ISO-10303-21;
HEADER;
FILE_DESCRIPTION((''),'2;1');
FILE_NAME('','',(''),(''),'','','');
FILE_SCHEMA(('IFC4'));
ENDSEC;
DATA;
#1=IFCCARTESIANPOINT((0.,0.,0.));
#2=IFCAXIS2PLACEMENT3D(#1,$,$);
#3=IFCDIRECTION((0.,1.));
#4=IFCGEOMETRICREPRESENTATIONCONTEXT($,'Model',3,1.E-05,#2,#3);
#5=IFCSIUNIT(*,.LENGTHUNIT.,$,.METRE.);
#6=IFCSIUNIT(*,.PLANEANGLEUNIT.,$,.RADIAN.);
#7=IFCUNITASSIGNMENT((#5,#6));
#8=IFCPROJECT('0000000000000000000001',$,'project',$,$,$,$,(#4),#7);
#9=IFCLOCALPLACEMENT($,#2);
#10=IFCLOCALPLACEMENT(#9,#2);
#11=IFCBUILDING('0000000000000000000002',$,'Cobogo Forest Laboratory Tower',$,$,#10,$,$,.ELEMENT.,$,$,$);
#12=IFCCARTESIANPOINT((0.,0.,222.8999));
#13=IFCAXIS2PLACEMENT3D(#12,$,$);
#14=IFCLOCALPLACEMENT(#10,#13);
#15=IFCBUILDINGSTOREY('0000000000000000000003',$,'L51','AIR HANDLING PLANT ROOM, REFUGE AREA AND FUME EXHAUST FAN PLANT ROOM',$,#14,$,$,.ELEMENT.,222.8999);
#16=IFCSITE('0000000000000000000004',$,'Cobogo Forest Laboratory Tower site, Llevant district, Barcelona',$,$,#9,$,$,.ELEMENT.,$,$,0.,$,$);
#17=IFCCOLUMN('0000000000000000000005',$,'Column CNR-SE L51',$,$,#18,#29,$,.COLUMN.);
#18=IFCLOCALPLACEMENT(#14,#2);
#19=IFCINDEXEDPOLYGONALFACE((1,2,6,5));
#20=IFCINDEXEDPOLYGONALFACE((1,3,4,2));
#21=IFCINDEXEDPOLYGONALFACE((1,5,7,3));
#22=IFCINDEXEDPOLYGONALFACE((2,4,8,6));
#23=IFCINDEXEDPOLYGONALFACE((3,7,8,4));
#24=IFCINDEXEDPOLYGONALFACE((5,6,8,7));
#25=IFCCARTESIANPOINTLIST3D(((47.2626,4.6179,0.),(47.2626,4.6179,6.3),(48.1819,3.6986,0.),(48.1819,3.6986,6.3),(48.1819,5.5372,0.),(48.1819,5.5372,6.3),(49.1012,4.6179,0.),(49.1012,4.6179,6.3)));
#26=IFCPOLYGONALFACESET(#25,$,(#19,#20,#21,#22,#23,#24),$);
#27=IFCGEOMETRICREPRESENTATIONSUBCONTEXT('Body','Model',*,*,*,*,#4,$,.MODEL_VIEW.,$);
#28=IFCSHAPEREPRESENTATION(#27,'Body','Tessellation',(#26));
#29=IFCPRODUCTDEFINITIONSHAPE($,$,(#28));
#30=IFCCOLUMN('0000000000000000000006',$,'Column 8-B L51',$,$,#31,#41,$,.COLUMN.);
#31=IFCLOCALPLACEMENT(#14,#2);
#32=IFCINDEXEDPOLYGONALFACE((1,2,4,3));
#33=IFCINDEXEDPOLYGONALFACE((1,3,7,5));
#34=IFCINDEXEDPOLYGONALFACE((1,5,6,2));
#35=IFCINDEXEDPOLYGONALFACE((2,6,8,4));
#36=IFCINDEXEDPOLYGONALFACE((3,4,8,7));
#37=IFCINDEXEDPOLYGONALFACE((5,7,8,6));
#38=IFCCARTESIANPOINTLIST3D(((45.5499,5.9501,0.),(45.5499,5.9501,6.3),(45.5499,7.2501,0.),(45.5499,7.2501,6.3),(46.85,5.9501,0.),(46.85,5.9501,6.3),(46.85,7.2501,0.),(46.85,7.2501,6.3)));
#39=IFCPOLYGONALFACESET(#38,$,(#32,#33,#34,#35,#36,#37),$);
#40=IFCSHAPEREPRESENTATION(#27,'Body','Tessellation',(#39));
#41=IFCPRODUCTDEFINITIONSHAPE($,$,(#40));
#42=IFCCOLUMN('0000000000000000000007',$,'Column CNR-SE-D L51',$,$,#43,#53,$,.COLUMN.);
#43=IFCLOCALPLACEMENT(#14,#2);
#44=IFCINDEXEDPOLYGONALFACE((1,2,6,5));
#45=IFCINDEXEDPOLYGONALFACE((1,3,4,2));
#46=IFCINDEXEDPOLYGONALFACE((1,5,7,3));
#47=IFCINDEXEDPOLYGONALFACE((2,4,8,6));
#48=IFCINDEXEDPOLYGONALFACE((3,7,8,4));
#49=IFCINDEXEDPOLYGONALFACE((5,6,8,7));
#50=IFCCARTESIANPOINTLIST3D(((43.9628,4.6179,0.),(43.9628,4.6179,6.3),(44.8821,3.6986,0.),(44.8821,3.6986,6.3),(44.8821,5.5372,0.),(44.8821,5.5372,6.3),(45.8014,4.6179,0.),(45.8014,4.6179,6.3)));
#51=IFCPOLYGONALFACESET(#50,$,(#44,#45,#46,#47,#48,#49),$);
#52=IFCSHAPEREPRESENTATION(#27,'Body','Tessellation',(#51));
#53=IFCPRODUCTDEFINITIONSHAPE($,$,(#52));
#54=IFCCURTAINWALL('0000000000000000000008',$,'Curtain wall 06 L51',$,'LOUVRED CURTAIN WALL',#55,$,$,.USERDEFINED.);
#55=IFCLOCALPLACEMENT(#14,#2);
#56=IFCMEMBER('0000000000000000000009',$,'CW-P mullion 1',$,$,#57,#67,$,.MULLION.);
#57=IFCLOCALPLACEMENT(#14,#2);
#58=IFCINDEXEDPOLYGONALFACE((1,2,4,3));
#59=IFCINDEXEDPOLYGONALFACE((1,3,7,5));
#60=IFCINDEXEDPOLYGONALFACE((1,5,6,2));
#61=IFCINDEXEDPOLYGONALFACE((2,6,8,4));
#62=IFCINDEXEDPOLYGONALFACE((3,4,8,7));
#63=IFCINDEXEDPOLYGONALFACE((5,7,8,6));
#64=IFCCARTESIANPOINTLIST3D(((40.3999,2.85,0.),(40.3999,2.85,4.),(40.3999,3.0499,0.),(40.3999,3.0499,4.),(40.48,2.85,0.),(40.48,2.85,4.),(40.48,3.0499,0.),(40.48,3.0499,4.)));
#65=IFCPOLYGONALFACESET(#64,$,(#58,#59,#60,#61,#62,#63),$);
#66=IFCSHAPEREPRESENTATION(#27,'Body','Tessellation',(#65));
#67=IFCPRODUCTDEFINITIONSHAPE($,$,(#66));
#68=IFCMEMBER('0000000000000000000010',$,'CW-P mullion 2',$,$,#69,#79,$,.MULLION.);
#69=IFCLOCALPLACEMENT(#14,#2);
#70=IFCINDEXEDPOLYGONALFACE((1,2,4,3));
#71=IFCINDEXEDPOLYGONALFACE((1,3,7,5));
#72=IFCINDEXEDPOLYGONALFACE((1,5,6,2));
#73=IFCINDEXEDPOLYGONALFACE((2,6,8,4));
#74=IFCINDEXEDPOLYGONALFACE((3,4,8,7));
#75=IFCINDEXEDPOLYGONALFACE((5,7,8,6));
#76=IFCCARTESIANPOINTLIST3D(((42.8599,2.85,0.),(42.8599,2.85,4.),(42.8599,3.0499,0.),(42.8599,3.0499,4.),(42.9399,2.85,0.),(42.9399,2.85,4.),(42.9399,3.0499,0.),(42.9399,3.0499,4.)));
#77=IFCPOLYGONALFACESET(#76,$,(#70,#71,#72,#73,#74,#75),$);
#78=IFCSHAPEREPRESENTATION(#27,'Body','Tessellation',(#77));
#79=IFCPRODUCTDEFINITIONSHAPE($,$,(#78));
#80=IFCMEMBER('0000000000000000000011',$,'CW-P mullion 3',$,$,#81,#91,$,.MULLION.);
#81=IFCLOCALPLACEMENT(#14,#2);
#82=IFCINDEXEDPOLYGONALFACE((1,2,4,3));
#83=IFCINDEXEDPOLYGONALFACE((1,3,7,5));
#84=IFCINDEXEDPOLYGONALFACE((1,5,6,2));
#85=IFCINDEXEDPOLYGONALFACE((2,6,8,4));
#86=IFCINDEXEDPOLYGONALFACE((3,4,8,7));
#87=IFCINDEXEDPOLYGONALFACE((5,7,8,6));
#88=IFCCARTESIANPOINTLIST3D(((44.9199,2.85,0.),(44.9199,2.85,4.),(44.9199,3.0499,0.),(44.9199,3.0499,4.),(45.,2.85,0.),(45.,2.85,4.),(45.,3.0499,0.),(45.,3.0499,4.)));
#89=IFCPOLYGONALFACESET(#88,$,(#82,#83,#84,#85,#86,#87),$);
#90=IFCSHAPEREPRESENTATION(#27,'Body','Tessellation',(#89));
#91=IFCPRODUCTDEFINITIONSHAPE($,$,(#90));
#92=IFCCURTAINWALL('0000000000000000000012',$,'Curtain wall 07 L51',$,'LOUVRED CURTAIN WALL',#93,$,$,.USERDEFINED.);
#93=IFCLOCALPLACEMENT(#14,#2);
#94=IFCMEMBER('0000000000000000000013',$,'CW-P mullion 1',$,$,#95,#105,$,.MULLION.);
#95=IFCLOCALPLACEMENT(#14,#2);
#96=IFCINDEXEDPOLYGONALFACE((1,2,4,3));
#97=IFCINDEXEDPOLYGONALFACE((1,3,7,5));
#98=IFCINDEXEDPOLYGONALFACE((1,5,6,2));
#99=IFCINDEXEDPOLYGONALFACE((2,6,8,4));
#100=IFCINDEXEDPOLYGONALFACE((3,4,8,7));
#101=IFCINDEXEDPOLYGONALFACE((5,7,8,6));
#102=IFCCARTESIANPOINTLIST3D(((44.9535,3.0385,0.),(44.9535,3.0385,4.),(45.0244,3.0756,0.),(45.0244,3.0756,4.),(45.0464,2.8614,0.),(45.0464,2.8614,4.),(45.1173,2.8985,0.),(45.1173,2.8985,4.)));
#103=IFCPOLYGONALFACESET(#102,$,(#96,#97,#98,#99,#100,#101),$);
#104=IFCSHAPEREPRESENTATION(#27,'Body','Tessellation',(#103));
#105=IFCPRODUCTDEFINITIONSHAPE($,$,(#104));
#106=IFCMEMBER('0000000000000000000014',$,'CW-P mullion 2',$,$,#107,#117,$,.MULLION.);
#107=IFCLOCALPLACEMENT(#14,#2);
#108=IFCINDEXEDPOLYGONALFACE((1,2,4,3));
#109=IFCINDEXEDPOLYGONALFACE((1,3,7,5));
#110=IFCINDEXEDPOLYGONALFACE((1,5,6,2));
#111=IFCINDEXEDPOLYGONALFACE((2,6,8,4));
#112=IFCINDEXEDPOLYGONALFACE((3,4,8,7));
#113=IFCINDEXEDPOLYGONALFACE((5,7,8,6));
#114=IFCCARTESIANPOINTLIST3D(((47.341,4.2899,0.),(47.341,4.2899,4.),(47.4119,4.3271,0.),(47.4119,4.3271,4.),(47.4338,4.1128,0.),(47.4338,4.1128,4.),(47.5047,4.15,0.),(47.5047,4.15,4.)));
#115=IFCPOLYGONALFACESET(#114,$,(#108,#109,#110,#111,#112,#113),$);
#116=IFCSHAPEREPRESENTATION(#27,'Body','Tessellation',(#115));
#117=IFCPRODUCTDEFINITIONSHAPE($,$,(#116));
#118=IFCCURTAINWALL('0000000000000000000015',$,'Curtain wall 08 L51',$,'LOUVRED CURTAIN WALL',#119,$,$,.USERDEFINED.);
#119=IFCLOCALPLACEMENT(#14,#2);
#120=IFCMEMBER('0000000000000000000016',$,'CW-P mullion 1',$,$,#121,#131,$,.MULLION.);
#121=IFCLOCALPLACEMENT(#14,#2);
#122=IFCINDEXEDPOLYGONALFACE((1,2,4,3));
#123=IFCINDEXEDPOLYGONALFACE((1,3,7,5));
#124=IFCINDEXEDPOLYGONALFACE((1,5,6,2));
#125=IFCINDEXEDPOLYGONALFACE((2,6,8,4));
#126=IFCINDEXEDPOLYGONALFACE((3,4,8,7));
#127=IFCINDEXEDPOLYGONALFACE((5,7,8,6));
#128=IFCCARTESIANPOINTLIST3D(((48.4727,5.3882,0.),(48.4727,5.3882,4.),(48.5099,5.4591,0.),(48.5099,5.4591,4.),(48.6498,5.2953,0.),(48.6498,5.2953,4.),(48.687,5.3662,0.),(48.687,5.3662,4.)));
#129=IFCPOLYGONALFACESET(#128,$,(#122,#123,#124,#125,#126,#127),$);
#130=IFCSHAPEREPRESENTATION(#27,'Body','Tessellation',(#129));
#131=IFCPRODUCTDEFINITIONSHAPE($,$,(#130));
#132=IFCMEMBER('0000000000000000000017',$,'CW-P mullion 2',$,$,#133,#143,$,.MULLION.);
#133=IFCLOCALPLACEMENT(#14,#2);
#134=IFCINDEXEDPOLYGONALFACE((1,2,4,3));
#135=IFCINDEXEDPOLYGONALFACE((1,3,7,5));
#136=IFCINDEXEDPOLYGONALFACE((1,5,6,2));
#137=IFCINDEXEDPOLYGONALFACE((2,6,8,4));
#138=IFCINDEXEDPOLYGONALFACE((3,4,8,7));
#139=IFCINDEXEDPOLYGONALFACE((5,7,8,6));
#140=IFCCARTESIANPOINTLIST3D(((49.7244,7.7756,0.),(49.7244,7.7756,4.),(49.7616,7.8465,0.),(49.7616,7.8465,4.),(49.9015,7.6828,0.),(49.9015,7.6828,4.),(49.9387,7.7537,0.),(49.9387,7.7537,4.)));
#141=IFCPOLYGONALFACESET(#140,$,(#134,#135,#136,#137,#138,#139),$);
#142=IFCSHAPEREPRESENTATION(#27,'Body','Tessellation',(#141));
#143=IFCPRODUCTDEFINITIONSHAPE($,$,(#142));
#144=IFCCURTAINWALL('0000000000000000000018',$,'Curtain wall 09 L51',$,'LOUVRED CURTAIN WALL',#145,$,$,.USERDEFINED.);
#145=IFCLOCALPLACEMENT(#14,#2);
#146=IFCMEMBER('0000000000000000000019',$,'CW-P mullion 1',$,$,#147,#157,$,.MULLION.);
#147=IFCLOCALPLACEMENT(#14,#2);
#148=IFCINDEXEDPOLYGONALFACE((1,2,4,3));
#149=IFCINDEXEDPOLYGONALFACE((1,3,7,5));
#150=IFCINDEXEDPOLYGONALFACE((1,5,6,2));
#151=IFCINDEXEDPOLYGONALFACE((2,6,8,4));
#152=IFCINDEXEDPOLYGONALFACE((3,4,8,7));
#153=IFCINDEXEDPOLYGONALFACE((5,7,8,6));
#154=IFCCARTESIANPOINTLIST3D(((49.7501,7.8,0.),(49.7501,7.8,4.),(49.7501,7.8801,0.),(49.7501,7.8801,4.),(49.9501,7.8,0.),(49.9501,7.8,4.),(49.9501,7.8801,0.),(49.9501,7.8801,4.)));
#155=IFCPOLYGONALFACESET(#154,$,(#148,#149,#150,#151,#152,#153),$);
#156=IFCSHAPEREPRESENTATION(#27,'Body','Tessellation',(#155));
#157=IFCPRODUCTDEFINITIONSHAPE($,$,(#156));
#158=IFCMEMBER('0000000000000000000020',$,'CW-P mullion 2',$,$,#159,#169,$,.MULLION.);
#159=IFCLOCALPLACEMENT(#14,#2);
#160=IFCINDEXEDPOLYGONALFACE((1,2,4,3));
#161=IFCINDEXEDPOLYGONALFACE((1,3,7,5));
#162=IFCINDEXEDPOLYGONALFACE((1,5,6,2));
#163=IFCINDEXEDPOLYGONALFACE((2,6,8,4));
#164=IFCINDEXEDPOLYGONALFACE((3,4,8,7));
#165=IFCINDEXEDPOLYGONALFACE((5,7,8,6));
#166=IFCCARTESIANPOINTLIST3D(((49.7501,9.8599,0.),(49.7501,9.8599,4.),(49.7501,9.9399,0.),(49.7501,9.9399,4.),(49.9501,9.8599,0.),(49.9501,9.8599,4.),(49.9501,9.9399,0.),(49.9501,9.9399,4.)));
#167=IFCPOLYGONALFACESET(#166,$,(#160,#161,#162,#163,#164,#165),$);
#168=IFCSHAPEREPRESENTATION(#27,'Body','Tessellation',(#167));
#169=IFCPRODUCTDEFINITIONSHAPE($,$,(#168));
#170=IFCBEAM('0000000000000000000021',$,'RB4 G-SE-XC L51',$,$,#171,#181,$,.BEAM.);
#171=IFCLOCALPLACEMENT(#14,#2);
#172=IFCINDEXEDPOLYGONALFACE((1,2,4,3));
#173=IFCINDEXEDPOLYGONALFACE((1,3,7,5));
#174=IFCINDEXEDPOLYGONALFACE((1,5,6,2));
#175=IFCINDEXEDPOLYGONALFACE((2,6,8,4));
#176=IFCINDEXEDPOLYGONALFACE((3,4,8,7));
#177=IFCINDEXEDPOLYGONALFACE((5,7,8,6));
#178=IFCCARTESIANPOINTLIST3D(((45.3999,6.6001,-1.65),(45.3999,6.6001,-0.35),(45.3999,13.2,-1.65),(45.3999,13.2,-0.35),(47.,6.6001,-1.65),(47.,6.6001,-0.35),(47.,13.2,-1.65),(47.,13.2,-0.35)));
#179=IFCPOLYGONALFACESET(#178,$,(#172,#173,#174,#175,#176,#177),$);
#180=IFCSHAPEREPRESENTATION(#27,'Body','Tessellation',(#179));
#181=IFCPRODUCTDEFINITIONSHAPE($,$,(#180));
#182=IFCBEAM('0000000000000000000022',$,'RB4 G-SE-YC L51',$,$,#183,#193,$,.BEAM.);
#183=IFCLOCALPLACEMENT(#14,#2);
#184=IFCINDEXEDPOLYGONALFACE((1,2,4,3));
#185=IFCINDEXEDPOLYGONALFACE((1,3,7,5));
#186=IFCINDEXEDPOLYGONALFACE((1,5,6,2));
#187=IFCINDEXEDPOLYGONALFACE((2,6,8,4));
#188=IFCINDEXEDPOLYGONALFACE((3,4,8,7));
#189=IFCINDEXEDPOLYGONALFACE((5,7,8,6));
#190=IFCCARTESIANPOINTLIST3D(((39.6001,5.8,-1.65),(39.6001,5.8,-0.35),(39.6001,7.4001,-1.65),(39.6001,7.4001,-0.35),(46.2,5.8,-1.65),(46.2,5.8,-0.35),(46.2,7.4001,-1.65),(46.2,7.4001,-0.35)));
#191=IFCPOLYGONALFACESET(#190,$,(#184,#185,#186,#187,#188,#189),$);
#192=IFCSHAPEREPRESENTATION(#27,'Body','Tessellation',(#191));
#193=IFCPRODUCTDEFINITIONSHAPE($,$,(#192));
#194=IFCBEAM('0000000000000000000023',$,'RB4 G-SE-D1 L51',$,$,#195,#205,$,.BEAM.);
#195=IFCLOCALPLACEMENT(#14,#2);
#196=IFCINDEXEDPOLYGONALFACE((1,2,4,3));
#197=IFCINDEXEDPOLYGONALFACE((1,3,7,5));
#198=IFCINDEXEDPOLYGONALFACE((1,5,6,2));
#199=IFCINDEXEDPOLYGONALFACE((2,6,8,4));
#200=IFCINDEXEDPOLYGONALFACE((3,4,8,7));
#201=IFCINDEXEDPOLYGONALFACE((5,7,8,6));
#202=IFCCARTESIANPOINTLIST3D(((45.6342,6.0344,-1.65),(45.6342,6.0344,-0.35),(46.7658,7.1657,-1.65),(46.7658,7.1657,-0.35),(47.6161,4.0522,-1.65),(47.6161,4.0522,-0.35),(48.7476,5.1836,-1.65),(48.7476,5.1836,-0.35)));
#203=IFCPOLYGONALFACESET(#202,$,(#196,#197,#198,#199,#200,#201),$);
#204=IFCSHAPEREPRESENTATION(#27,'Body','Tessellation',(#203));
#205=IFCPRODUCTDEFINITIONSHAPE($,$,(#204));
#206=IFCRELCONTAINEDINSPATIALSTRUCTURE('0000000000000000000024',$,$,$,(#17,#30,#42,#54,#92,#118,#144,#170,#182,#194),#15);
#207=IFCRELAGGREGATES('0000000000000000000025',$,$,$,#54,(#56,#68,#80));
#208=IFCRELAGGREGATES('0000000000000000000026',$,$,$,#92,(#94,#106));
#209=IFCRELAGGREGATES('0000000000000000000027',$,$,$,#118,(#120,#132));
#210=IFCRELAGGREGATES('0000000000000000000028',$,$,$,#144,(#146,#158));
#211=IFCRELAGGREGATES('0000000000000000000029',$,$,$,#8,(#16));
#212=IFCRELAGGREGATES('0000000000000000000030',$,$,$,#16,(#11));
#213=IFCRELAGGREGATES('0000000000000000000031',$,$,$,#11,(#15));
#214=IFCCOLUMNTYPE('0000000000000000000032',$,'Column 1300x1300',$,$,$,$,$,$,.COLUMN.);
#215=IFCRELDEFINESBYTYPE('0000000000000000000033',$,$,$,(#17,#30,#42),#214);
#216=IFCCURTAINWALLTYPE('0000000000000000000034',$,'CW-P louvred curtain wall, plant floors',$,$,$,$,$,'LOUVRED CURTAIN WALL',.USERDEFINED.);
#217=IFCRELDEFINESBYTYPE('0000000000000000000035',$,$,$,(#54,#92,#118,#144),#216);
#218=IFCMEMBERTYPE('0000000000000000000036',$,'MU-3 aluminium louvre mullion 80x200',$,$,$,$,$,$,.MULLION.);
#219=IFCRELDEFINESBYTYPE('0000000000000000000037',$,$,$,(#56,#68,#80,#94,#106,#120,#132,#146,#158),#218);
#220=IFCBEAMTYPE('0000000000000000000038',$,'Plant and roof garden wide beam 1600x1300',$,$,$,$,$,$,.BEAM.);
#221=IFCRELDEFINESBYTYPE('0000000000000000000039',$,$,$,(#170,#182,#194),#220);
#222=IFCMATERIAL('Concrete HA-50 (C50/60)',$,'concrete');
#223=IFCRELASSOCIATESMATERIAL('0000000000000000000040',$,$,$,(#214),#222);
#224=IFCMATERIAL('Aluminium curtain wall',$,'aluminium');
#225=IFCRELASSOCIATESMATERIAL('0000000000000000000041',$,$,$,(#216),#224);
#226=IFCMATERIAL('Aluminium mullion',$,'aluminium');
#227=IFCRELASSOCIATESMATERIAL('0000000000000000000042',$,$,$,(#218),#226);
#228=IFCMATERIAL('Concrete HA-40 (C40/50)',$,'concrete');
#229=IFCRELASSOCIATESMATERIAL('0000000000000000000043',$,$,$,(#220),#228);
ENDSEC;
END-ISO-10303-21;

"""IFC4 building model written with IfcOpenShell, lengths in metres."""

from ifc_helpers import new_model, si_unit, direction, frame, origin, origin_2d, place, context, subcontext, project, spatial, rectangle, extrude, material, material_profile, profile_set, type_object, element, aggregate, save


model = new_model("IFC4")

# Units and contexts
model_context = context("Model", 3, precision=1e-05, world=origin(), true_north=direction((0.0, 1.0)))
body_context = subcontext(model_context, "Body", "Model", "MODEL_VIEW")
ifc_project = project(units=[si_unit("LENGTHUNIT", "METRE"), si_unit("PLANEANGLEUNIT", "RADIAN")], contexts=[model_context])

# Site, building, storey
site_placement = place(None, origin())
site = spatial("IfcSite", under=ifc_project, at=site_placement, Name="Cobogo Forest Laboratory Tower site, Llevant district, Barcelona", CompositionType="ELEMENT", RefElevation=0.0)
building_placement = place(site_placement, origin())
building = spatial("IfcBuilding", under=site, at=building_placement, Name="Cobogo Forest Laboratory Tower", CompositionType="ELEMENT")
storey_placement = place(building_placement, frame((0.0, 0.0, 222.8999)))
storey = spatial("IfcBuildingStorey", under=building, at=storey_placement, Name="L51", Description="AIR HANDLING PLANT ROOM, REFUGE AREA AND FUME EXHAUST FAN PLANT ROOM", CompositionType="ELEMENT", Elevation=222.8999)

# Columns
ifc_material_1 = material(Name="Concrete HA-50 (C50/60)", Category="concrete")
ifc_material_profile_1 = material_profile(ifc_material_1, rectangle(XDim=1.3, YDim=1.3, at=origin_2d()), Name="RC 1300x1300")
ifc_profile_set_1 = profile_set([ifc_material_profile_1], Name="Concrete HA-50 (C50/60)")
column_type = type_object("IfcColumnType", Name="Column 1300x1300", PredefinedType="COLUMN", material=ifc_profile_set_1)
for number, where, z_axis, x_axis, name in (
    (1, (48.1819, 4.6179, 0.0), (0.0, 0.0, 1.0), (0.707107, 0.707107, 0.0), "Column CNR-SE L51"),
    (2, (46.2, 6.6001, 0.0), (0.0, 0.0, 1.0), (1.0, 0.0, 0.0), "Column 8-B L51"),
    (3, (44.8821, 4.6179, 0.0), (0.0, 0.0, 1.0), (0.707107, 0.707107, 0.0), "Column CNR-SE-D L51"),
):
    element("IfcColumn", number, at=place(storey_placement, frame(where, z_axis=z_axis, x_axis=x_axis)), inside=storey, type_object=column_type, Name=name, PredefinedType="COLUMN", context=body_context, shape_type="SweptSolid", body=[
        extrude(rectangle(XDim=1.3, YDim=1.3, at=origin_2d()), origin(), (0.0, 0.0, 1.0), 6.3),
    ])

# Curtain walls, members
ifc_material_2 = material(Name="Aluminium curtain wall", Category="aluminium")
curtain_wall_type = type_object("IfcCurtainWallType", Name="CW-P louvred curtain wall, plant floors", ElementType="LOUVRED CURTAIN WALL", PredefinedType="USERDEFINED", material=ifc_material_2)
curtain_wall_1_placement = place(storey_placement, origin())
curtain_wall_1 = element("IfcCurtainWall", 4, at=curtain_wall_1_placement, inside=storey, type_object=curtain_wall_type, Name="Curtain wall 06 L51", ObjectType="LOUVRED CURTAIN WALL", PredefinedType="USERDEFINED")
ifc_material_3 = material(Name="Aluminium mullion", Category="aluminium")
ifc_material_profile_2 = material_profile(ifc_material_3, rectangle(XDim=0.0801, YDim=0.2, at=origin_2d()), Name="AL 80x200")
ifc_profile_set_2 = profile_set([ifc_material_profile_2], Name="Aluminium mullion")
member_type_1 = type_object("IfcMemberType", Name="MU-3 aluminium louvre mullion 80x200", PredefinedType="MULLION", material=ifc_profile_set_2)
member_1_placement = place(storey_placement, frame((40.4399, 2.95, 0.0), z_axis=(0.0, 0.0, 1.0), x_axis=(1.0, 0.0, 0.0)))
member_1 = element("IfcMember", 5, at=member_1_placement, type_object=member_type_1, Name="CW-P mullion 1", PredefinedType="MULLION", context=body_context, shape_type="SweptSolid", body=[
    extrude(rectangle(XDim=0.0801, YDim=0.2, at=origin_2d()), origin(), (0.0, 0.0, 1.0), 4.0),
])
member_2_placement = place(storey_placement, frame((42.8999, 2.95, 0.0), z_axis=(0.0, 0.0, 1.0), x_axis=(1.0, 0.0, 0.0)))
member_2 = element("IfcMember", 6, at=member_2_placement, type_object=member_type_1, Name="CW-P mullion 2", PredefinedType="MULLION", context=body_context, shape_type="SweptSolid", body=[
    extrude(rectangle(XDim=0.0801, YDim=0.2, at=origin_2d()), origin(), (0.0, 0.0, 1.0), 4.0),
])
member_3_placement = place(storey_placement, frame((44.96, 2.95, 0.0), z_axis=(0.0, 0.0, 1.0), x_axis=(1.0, 0.0, 0.0)))
member_3 = element("IfcMember", 7, at=member_3_placement, type_object=member_type_1, Name="CW-P mullion 3", PredefinedType="MULLION", context=body_context, shape_type="SweptSolid", body=[
    extrude(rectangle(XDim=0.0801, YDim=0.2, at=origin_2d()), origin(), (0.0, 0.0, 1.0), 4.0),
])
curtain_wall_2_placement = place(storey_placement, origin())
curtain_wall_2 = element("IfcCurtainWall", 8, at=curtain_wall_2_placement, inside=storey, type_object=curtain_wall_type, Name="Curtain wall 07 L51", ObjectType="LOUVRED CURTAIN WALL", PredefinedType="USERDEFINED")
member_4_placement = place(storey_placement, frame((45.0354, 2.9685, 0.0), z_axis=(0.0, 0.0, 1.0), x_axis=(0.885687, 0.464284, 0.0)))
member_4 = element("IfcMember", 9, at=member_4_placement, type_object=member_type_1, Name="CW-P mullion 1", PredefinedType="MULLION", context=body_context, shape_type="SweptSolid", body=[
    extrude(rectangle(XDim=0.0801, YDim=0.2, at=origin_2d()), origin(), (0.0, 0.0, 1.0), 4.0),
])
member_5_placement = place(storey_placement, frame((47.4229, 4.22, 0.0), z_axis=(0.0, 0.0, 1.0), x_axis=(0.885687, 0.464284, 0.0)))
member_5 = element("IfcMember", 10, at=member_5_placement, type_object=member_type_1, Name="CW-P mullion 2", PredefinedType="MULLION", context=body_context, shape_type="SweptSolid", body=[
    extrude(rectangle(XDim=0.0801, YDim=0.2, at=origin_2d()), origin(), (0.0, 0.0, 1.0), 4.0),
])
curtain_wall_3_placement = place(storey_placement, origin())
curtain_wall_3 = element("IfcCurtainWall", 11, at=curtain_wall_3_placement, inside=storey, type_object=curtain_wall_type, Name="Curtain wall 08 L51", ObjectType="LOUVRED CURTAIN WALL", PredefinedType="USERDEFINED")
member_6_placement = place(storey_placement, frame((48.5798, 5.3772, 0.0), z_axis=(0.0, 0.0, 1.0), x_axis=(0.464284, 0.885687, 0.0)))
member_6 = element("IfcMember", 12, at=member_6_placement, type_object=member_type_1, Name="CW-P mullion 1", PredefinedType="MULLION", context=body_context, shape_type="SweptSolid", body=[
    extrude(rectangle(XDim=0.0801, YDim=0.2, at=origin_2d()), origin(), (0.0, 0.0, 1.0), 4.0),
])
member_7_placement = place(storey_placement, frame((49.8315, 7.7646, 0.0), z_axis=(0.0, 0.0, 1.0), x_axis=(0.464284, 0.885687, 0.0)))
member_7 = element("IfcMember", 13, at=member_7_placement, type_object=member_type_1, Name="CW-P mullion 2", PredefinedType="MULLION", context=body_context, shape_type="SweptSolid", body=[
    extrude(rectangle(XDim=0.0801, YDim=0.2, at=origin_2d()), origin(), (0.0, 0.0, 1.0), 4.0),
])
curtain_wall_4_placement = place(storey_placement, origin())
curtain_wall_4 = element("IfcCurtainWall", 14, at=curtain_wall_4_placement, inside=storey, type_object=curtain_wall_type, Name="Curtain wall 09 L51", ObjectType="LOUVRED CURTAIN WALL", PredefinedType="USERDEFINED")
member_8_placement = place(storey_placement, frame((49.8501, 7.8401, 0.0), z_axis=(0.0, 0.0, 1.0), x_axis=(0.0, 1.0, 0.0)))
member_8 = element("IfcMember", 15, at=member_8_placement, type_object=member_type_1, Name="CW-P mullion 1", PredefinedType="MULLION", context=body_context, shape_type="SweptSolid", body=[
    extrude(rectangle(XDim=0.0801, YDim=0.2, at=origin_2d()), origin(), (0.0, 0.0, 1.0), 4.0),
])
member_9_placement = place(storey_placement, frame((49.8501, 9.8999, 0.0), z_axis=(0.0, 0.0, 1.0), x_axis=(0.0, 1.0, 0.0)))
member_9 = element("IfcMember", 16, at=member_9_placement, type_object=member_type_1, Name="CW-P mullion 2", PredefinedType="MULLION", context=body_context, shape_type="SweptSolid", body=[
    extrude(rectangle(XDim=0.0801, YDim=0.2, at=origin_2d()), origin(), (0.0, 0.0, 1.0), 4.0),
])

# Beams
ifc_material_4 = material(Name="Concrete HA-40 (C40/50)", Category="concrete")
ifc_material_profile_3 = material_profile(ifc_material_4, rectangle(XDim=1.6001, YDim=1.3, at=origin_2d()), Name="RC 1600x1300")
ifc_profile_set_3 = profile_set([ifc_material_profile_3], Name="Concrete HA-40 (C40/50)")
beam_type_1 = type_object("IfcBeamType", Name="Plant and roof garden wide beam 1600x1300", PredefinedType="BEAM", material=ifc_profile_set_3)
for number, where, z_axis, x_axis, name in (
    (17, (46.2, 6.6001, -1.0), (0.0, 1.0, 0.0), (-1.0, 0.0, 0.0), "RB4 G-SE-XC L51"),
    (18, (46.2, 6.6001, -1.0), (-1.0, 0.0, 0.0), (0.0, -1.0, 0.0), "RB4 G-SE-YC L51"),
):
    element("IfcBeam", number, at=place(storey_placement, frame(where, z_axis=z_axis, x_axis=x_axis)), inside=storey, type_object=beam_type_1, Name=name, PredefinedType="BEAM", context=body_context, shape_type="SweptSolid", body=[
        extrude(rectangle(XDim=1.6001, YDim=1.3, at=origin_2d()), origin(), (0.0, 0.0, 1.0), 6.5999),
    ])
beam_1_placement = place(storey_placement, frame((48.1819, 4.6179, -1.0), z_axis=(-0.707063, 0.70715, 0.0), x_axis=(-0.70715, -0.707063, 0.0)))
element("IfcBeam", 19, at=beam_1_placement, inside=storey, type_object=beam_type_1, Name="RB4 G-SE-D1 L51", PredefinedType="BEAM", context=body_context, shape_type="SweptSolid", body=[
    extrude(rectangle(XDim=1.6001, YDim=1.3, at=origin_2d()), origin(), (0.0, 0.0, 1.0), 2.803),
])

aggregate(curtain_wall_1, [member_1, member_2, member_3])
aggregate(curtain_wall_2, [member_4, member_5])
aggregate(curtain_wall_3, [member_6, member_7])
aggregate(curtain_wall_4, [member_8, member_9])

save(model, "model.ifc")
